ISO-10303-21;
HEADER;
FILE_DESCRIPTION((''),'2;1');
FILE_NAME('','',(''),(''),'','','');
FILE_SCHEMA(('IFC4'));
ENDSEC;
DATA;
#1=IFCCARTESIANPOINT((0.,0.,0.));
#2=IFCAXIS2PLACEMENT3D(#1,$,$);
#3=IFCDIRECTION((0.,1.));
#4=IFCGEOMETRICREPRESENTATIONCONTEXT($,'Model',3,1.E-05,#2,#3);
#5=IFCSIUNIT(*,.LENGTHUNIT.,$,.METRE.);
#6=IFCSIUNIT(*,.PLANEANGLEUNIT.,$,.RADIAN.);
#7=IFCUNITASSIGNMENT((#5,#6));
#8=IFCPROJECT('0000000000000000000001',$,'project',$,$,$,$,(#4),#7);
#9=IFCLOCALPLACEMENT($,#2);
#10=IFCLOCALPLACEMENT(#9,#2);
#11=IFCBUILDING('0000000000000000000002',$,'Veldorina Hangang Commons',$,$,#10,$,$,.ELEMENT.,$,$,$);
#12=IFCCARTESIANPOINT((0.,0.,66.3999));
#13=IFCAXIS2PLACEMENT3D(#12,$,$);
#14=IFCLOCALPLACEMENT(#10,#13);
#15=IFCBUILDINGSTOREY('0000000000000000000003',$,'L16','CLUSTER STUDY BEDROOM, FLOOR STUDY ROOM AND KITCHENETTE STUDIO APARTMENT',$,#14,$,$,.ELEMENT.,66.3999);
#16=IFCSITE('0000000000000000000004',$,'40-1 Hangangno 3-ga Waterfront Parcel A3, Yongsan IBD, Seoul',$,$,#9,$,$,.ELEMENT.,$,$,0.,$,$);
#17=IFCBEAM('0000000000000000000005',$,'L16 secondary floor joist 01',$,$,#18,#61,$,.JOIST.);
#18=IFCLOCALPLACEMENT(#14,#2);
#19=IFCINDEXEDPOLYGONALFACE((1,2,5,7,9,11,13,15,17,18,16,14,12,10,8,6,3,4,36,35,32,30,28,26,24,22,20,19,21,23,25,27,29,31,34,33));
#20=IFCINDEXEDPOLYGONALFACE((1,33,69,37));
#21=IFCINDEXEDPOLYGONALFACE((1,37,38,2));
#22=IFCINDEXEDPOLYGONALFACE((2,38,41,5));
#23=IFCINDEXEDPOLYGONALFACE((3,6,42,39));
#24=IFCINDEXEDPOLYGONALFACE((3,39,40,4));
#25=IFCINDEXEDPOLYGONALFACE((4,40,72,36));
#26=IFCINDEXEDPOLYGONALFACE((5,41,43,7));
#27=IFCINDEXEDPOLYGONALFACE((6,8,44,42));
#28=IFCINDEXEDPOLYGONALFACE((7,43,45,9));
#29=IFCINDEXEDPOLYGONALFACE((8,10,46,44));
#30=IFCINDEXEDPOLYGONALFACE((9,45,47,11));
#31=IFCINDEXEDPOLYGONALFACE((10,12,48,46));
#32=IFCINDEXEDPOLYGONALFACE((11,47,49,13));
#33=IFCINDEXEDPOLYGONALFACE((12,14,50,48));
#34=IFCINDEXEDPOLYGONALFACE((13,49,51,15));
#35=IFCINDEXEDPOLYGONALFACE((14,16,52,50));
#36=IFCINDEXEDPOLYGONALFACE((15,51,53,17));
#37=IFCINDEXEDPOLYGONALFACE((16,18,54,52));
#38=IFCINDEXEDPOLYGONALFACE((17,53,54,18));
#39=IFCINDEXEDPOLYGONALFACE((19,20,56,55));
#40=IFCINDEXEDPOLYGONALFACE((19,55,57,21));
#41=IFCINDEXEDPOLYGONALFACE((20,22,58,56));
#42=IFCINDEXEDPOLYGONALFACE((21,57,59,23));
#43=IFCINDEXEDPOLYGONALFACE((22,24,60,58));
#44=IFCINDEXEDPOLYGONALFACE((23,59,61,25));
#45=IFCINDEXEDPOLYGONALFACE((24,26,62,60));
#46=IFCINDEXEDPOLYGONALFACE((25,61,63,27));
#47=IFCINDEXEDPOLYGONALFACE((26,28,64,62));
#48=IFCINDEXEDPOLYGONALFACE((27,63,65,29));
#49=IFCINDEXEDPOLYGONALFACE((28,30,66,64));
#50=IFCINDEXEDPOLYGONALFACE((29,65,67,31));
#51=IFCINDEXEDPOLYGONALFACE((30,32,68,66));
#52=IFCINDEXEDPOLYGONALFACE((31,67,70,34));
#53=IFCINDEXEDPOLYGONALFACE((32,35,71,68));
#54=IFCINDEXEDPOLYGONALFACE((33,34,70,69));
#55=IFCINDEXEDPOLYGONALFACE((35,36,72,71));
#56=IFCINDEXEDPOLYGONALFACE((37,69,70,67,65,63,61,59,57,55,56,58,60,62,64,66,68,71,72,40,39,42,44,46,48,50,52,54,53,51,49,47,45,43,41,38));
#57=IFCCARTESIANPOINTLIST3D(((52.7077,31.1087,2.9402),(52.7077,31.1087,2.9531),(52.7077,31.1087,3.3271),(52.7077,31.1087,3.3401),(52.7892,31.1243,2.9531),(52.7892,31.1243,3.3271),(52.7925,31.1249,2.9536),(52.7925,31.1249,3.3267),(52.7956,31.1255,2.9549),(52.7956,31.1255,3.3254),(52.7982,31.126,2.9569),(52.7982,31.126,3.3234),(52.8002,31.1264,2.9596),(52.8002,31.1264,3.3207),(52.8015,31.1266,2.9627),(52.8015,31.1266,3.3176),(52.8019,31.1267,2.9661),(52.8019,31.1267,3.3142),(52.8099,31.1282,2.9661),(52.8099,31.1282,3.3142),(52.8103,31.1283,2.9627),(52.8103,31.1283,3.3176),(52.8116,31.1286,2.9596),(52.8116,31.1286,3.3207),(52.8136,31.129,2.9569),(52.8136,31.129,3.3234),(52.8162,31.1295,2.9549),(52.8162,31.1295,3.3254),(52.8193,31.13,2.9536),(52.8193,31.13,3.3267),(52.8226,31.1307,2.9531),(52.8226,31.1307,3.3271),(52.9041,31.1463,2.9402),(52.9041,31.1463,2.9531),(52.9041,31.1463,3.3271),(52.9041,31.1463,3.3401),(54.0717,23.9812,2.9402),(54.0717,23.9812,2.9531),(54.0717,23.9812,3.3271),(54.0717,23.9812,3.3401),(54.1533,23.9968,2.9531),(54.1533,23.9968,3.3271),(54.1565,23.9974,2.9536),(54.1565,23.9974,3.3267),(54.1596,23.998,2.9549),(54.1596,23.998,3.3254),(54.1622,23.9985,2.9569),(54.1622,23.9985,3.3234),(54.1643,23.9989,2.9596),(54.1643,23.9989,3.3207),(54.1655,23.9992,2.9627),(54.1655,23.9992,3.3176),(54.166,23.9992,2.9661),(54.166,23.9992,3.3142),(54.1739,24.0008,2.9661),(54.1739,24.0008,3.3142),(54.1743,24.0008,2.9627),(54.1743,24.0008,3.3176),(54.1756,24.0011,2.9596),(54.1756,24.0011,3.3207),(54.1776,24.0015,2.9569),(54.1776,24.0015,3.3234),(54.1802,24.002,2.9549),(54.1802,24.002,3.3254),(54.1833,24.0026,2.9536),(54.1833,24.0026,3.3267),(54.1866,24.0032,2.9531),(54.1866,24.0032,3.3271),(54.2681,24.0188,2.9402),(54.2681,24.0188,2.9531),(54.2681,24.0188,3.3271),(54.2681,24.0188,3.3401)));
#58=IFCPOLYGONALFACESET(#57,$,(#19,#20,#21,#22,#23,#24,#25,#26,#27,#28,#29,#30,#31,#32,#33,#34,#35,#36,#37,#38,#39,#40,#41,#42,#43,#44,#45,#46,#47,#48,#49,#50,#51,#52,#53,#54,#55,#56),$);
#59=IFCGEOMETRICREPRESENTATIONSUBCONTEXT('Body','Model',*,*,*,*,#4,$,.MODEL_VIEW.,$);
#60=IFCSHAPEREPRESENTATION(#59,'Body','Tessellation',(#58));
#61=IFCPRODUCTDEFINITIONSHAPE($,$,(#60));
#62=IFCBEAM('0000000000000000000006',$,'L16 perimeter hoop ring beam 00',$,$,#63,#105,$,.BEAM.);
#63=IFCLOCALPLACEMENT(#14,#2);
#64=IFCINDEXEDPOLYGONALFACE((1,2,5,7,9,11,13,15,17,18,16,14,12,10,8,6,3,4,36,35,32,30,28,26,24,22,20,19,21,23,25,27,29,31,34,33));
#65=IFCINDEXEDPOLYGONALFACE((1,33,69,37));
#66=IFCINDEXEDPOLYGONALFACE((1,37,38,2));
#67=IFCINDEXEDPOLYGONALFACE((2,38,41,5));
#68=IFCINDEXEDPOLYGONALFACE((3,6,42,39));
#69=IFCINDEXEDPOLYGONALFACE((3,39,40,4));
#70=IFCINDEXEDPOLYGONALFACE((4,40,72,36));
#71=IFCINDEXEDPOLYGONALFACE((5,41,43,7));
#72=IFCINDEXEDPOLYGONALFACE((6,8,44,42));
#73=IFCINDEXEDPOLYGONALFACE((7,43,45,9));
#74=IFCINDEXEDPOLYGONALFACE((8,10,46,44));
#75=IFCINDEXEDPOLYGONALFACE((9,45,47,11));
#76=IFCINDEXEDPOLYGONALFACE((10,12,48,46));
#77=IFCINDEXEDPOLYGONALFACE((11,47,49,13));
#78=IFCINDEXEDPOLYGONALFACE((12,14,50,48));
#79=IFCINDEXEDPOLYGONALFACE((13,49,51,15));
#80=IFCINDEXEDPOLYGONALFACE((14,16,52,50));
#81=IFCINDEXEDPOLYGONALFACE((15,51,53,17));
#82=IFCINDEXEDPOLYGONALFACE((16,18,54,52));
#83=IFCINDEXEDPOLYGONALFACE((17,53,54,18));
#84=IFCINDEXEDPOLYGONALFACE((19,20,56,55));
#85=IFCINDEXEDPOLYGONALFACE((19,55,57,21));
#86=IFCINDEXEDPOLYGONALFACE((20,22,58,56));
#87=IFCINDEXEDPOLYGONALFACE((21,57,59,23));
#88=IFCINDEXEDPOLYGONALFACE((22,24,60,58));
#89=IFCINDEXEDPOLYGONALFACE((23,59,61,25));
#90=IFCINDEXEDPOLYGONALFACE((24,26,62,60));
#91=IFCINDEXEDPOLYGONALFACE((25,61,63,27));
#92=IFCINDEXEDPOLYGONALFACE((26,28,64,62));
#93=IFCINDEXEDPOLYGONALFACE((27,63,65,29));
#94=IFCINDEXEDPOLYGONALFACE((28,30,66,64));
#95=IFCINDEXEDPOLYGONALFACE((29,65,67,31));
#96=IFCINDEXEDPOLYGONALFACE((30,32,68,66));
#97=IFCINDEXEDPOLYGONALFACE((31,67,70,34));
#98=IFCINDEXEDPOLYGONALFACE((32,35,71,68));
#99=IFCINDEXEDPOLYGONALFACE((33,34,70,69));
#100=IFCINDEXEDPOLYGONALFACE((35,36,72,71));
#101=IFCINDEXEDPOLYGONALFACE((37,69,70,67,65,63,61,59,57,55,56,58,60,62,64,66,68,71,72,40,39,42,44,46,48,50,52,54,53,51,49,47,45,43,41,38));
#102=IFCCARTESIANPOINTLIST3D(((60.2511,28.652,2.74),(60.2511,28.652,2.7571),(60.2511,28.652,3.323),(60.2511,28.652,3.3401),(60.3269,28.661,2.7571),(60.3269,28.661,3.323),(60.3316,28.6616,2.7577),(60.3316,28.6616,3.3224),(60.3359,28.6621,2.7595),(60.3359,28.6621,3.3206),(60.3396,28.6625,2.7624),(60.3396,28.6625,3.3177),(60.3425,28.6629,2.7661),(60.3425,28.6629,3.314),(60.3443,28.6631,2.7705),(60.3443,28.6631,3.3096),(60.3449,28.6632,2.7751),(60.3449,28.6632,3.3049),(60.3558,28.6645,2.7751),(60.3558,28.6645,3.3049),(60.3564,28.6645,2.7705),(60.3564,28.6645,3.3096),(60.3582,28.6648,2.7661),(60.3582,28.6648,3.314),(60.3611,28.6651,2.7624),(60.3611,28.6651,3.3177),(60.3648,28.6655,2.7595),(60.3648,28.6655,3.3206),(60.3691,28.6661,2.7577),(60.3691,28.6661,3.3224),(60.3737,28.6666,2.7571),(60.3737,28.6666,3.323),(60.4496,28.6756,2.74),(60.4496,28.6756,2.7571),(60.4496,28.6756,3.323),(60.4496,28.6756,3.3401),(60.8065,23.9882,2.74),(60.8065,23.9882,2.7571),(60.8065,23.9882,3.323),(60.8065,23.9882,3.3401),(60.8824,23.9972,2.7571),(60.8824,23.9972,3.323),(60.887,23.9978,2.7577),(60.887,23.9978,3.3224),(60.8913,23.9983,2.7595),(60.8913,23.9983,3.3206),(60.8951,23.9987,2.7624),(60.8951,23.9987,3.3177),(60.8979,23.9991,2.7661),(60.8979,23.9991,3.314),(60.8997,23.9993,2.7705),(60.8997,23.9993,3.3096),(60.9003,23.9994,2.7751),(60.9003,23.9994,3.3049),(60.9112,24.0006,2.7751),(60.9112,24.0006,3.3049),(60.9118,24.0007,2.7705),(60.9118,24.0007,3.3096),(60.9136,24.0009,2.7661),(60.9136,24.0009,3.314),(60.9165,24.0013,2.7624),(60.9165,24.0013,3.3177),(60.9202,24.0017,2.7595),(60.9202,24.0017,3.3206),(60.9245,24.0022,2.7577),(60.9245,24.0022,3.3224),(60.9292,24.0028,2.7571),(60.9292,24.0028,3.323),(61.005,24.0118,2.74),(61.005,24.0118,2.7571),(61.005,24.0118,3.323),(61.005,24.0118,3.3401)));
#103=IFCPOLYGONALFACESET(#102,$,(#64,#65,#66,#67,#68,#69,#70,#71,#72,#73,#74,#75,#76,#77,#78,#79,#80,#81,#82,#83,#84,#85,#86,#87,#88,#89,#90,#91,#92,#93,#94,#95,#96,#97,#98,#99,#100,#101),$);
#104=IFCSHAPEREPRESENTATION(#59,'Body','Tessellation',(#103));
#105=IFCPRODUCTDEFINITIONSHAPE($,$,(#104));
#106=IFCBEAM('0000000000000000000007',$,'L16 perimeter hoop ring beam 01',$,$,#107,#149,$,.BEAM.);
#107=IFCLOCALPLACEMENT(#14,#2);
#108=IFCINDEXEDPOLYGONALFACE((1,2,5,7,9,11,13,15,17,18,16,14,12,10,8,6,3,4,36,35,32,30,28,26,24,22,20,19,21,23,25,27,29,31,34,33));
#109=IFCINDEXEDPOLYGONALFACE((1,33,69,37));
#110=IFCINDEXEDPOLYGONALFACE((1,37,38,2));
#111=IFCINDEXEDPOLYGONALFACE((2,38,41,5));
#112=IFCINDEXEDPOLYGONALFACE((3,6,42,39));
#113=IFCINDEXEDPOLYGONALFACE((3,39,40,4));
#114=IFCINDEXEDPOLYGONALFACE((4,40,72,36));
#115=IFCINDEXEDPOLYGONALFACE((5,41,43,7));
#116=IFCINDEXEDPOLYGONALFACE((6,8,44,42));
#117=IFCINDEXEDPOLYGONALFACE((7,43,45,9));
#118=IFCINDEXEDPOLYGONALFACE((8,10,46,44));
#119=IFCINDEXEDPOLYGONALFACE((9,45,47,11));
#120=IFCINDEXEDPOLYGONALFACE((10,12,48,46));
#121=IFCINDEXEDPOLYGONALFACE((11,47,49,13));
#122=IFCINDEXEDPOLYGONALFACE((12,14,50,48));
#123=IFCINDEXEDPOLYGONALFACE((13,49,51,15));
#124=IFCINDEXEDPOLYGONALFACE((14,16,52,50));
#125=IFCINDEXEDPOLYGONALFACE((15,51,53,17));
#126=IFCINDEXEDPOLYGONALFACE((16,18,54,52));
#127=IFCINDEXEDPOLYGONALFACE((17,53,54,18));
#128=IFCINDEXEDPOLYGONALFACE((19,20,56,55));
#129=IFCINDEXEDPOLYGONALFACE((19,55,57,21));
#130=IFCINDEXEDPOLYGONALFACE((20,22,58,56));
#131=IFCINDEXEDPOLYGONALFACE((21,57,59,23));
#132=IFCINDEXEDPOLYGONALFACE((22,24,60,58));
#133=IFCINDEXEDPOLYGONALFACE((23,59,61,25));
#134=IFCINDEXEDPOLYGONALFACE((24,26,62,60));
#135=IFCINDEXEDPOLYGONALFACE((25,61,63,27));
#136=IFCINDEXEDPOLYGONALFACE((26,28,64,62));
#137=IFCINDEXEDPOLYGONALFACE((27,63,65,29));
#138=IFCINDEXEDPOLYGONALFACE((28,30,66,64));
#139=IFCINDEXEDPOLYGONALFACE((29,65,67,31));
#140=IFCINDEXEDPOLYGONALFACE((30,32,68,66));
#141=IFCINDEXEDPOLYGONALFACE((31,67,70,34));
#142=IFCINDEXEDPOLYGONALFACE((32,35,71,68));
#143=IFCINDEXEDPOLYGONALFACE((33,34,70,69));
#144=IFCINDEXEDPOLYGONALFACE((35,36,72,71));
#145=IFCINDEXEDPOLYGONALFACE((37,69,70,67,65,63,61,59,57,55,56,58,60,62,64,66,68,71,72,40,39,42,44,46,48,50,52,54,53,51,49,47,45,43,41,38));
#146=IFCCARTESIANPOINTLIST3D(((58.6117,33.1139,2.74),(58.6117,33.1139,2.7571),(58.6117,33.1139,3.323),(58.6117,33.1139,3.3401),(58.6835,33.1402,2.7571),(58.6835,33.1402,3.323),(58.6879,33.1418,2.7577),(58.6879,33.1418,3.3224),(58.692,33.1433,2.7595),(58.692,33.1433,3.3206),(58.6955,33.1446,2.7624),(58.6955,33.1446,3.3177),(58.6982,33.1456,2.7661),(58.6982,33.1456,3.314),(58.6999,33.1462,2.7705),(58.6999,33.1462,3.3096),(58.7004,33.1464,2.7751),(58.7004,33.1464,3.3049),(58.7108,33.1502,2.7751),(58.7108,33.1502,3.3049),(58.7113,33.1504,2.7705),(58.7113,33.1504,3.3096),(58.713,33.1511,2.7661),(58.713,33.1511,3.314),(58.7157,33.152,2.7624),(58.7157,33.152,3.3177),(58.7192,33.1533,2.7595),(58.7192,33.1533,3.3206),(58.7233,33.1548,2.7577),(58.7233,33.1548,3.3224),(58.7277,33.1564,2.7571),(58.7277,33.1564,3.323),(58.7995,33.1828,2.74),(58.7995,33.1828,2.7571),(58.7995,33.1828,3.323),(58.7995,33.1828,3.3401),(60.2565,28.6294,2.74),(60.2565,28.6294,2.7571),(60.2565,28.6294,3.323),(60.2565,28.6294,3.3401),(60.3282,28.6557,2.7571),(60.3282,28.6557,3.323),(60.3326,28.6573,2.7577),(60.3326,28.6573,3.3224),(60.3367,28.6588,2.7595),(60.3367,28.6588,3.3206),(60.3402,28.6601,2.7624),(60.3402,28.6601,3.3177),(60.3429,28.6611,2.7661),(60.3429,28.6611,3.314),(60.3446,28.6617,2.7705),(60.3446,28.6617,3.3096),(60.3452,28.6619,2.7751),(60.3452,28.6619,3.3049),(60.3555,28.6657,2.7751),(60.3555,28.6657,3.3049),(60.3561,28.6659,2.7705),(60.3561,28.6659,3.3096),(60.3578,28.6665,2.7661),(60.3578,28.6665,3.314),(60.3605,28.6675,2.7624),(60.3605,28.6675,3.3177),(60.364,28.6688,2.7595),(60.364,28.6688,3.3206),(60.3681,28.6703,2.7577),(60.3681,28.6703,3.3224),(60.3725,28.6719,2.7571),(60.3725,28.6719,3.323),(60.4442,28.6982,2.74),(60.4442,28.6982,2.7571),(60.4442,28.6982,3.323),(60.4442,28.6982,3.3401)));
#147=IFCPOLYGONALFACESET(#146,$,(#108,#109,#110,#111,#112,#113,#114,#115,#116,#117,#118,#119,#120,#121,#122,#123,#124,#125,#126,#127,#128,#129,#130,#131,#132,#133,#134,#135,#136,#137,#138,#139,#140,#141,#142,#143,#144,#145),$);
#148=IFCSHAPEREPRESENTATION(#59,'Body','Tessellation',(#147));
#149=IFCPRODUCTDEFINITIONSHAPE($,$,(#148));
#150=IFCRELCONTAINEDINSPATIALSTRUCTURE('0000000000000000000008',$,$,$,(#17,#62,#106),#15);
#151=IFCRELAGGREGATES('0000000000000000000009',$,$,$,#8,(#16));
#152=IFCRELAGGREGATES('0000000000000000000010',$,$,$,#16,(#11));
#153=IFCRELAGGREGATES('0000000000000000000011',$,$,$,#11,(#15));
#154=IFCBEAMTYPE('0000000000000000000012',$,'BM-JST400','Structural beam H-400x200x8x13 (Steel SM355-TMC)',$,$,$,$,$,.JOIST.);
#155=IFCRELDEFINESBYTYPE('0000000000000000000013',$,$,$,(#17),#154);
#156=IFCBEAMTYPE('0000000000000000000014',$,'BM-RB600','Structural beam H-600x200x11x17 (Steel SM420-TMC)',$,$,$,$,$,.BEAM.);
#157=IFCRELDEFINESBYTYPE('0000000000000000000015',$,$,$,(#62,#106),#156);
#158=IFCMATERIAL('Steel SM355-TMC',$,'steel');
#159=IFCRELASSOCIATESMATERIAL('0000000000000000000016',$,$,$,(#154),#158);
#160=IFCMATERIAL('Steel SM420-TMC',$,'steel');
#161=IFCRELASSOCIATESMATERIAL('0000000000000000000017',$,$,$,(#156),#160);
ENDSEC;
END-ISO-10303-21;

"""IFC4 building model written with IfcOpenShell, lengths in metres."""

from ifc_helpers import new_model, si_unit, direction, frame, origin, origin_2d, place, context, subcontext, project, spatial, i_section, extrude, material, material_profile, profile_set, type_object, element, save


model = new_model("IFC4")

# Units and contexts
model_context = context("Model", 3, precision=1e-05, world=origin(), true_north=direction((0.0, 1.0)))
body_context = subcontext(model_context, "Body", "Model", "MODEL_VIEW")
ifc_project = project(units=[si_unit("LENGTHUNIT", "METRE"), si_unit("PLANEANGLEUNIT", "RADIAN")], contexts=[model_context])

# Site, building, storey
site_placement = place(None, origin())
site = spatial("IfcSite", under=ifc_project, at=site_placement, Name="40-1 Hangangno 3-ga Waterfront Parcel A3, Yongsan IBD, Seoul", CompositionType="ELEMENT", RefElevation=0.0)
building_placement = place(site_placement, origin())
building = spatial("IfcBuilding", under=site, at=building_placement, Name="Veldorina Hangang Commons", CompositionType="ELEMENT")
storey_placement = place(building_placement, frame((0.0, 0.0, 66.3999)))
storey = spatial("IfcBuildingStorey", under=building, at=storey_placement, Name="L16", Description="CLUSTER STUDY BEDROOM, FLOOR STUDY ROOM AND KITCHENETTE STUDIO APARTMENT", CompositionType="ELEMENT", Elevation=66.3999)

# Beams
ifc_material_1 = material(Name="Steel SM355-TMC", Category="steel")
ifc_material_profile_1 = material_profile(ifc_material_1, i_section(OverallWidth=0.2, OverallDepth=0.3999, WebThickness=0.0081, FlangeThickness=0.0129, FilletRadius=0.0129, at=origin_2d()), Name="H-400x200x8x13")
ifc_profile_set_1 = profile_set([ifc_material_profile_1], Name="Steel SM355-TMC")
beam_type_1 = type_object("IfcBeamType", Name="BM-JST400", Description="Structural beam H-400x200x8x13 (Steel SM355-TMC)", PredefinedType="JOIST", material=ifc_profile_set_1)
beam_1_placement = place(storey_placement, frame((54.1699, 24.0, 3.1401), z_axis=(-0.187964, 0.982176, 0.0), x_axis=(-0.982176, -0.187964, 0.0)))
element("IfcBeam", 1, at=beam_1_placement, inside=storey, type_object=beam_type_1, Name="L16 secondary floor joist 01", PredefinedType="JOIST", context=body_context, shape_type="SweptSolid", body=[
    extrude(i_section(OverallWidth=0.2, OverallDepth=0.3999, WebThickness=0.0081, FlangeThickness=0.0129, FilletRadius=0.0129, at=origin_2d()), origin(), (0.0, 0.0, 1.0), 7.2568),
])
ifc_material_2 = material(Name="Steel SM420-TMC", Category="steel")
ifc_material_profile_2 = material_profile(ifc_material_2, i_section(OverallWidth=0.2, OverallDepth=0.6001, WebThickness=0.011, FlangeThickness=0.0171, FilletRadius=0.0181, at=origin_2d()), Name="H-600x200x11x17")
ifc_profile_set_2 = profile_set([ifc_material_profile_2], Name="Steel SM420-TMC")
beam_type_2 = type_object("IfcBeamType", Name="BM-RB600", Description="Structural beam H-600x200x11x17 (Steel SM420-TMC)", PredefinedType="BEAM", material=ifc_profile_set_2)
beam_2_placement = place(storey_placement, frame((60.9058, 24.0, 3.04), z_axis=(-0.118256, 0.992983, 0.0), x_axis=(-0.992983, -0.118256, 0.0)))
element("IfcBeam", 2, at=beam_2_placement, inside=storey, type_object=beam_type_2, Name="L16 perimeter hoop ring beam 00", PredefinedType="BEAM", context=body_context, shape_type="SweptSolid", body=[
    extrude(i_section(OverallWidth=0.2, OverallDepth=0.6001, WebThickness=0.011, FlangeThickness=0.0171, FilletRadius=0.0181, at=origin_2d()), origin(), (0.0, 0.0, 1.0), 4.6968),
])
beam_3_placement = place(storey_placement, frame((60.3503, 28.6638, 3.04), z_axis=(-0.344331, 0.938848, 0.0), x_axis=(-0.938848, -0.344331, 0.0)))
element("IfcBeam", 3, at=beam_3_placement, inside=storey, type_object=beam_type_2, Name="L16 perimeter hoop ring beam 01", PredefinedType="BEAM", context=body_context, shape_type="SweptSolid", body=[
    extrude(i_section(OverallWidth=0.2, OverallDepth=0.6001, WebThickness=0.011, FlangeThickness=0.0171, FilletRadius=0.0181, at=origin_2d()), origin(), (0.0, 0.0, 1.0), 4.7766),
])

save(model, "model.ifc")
